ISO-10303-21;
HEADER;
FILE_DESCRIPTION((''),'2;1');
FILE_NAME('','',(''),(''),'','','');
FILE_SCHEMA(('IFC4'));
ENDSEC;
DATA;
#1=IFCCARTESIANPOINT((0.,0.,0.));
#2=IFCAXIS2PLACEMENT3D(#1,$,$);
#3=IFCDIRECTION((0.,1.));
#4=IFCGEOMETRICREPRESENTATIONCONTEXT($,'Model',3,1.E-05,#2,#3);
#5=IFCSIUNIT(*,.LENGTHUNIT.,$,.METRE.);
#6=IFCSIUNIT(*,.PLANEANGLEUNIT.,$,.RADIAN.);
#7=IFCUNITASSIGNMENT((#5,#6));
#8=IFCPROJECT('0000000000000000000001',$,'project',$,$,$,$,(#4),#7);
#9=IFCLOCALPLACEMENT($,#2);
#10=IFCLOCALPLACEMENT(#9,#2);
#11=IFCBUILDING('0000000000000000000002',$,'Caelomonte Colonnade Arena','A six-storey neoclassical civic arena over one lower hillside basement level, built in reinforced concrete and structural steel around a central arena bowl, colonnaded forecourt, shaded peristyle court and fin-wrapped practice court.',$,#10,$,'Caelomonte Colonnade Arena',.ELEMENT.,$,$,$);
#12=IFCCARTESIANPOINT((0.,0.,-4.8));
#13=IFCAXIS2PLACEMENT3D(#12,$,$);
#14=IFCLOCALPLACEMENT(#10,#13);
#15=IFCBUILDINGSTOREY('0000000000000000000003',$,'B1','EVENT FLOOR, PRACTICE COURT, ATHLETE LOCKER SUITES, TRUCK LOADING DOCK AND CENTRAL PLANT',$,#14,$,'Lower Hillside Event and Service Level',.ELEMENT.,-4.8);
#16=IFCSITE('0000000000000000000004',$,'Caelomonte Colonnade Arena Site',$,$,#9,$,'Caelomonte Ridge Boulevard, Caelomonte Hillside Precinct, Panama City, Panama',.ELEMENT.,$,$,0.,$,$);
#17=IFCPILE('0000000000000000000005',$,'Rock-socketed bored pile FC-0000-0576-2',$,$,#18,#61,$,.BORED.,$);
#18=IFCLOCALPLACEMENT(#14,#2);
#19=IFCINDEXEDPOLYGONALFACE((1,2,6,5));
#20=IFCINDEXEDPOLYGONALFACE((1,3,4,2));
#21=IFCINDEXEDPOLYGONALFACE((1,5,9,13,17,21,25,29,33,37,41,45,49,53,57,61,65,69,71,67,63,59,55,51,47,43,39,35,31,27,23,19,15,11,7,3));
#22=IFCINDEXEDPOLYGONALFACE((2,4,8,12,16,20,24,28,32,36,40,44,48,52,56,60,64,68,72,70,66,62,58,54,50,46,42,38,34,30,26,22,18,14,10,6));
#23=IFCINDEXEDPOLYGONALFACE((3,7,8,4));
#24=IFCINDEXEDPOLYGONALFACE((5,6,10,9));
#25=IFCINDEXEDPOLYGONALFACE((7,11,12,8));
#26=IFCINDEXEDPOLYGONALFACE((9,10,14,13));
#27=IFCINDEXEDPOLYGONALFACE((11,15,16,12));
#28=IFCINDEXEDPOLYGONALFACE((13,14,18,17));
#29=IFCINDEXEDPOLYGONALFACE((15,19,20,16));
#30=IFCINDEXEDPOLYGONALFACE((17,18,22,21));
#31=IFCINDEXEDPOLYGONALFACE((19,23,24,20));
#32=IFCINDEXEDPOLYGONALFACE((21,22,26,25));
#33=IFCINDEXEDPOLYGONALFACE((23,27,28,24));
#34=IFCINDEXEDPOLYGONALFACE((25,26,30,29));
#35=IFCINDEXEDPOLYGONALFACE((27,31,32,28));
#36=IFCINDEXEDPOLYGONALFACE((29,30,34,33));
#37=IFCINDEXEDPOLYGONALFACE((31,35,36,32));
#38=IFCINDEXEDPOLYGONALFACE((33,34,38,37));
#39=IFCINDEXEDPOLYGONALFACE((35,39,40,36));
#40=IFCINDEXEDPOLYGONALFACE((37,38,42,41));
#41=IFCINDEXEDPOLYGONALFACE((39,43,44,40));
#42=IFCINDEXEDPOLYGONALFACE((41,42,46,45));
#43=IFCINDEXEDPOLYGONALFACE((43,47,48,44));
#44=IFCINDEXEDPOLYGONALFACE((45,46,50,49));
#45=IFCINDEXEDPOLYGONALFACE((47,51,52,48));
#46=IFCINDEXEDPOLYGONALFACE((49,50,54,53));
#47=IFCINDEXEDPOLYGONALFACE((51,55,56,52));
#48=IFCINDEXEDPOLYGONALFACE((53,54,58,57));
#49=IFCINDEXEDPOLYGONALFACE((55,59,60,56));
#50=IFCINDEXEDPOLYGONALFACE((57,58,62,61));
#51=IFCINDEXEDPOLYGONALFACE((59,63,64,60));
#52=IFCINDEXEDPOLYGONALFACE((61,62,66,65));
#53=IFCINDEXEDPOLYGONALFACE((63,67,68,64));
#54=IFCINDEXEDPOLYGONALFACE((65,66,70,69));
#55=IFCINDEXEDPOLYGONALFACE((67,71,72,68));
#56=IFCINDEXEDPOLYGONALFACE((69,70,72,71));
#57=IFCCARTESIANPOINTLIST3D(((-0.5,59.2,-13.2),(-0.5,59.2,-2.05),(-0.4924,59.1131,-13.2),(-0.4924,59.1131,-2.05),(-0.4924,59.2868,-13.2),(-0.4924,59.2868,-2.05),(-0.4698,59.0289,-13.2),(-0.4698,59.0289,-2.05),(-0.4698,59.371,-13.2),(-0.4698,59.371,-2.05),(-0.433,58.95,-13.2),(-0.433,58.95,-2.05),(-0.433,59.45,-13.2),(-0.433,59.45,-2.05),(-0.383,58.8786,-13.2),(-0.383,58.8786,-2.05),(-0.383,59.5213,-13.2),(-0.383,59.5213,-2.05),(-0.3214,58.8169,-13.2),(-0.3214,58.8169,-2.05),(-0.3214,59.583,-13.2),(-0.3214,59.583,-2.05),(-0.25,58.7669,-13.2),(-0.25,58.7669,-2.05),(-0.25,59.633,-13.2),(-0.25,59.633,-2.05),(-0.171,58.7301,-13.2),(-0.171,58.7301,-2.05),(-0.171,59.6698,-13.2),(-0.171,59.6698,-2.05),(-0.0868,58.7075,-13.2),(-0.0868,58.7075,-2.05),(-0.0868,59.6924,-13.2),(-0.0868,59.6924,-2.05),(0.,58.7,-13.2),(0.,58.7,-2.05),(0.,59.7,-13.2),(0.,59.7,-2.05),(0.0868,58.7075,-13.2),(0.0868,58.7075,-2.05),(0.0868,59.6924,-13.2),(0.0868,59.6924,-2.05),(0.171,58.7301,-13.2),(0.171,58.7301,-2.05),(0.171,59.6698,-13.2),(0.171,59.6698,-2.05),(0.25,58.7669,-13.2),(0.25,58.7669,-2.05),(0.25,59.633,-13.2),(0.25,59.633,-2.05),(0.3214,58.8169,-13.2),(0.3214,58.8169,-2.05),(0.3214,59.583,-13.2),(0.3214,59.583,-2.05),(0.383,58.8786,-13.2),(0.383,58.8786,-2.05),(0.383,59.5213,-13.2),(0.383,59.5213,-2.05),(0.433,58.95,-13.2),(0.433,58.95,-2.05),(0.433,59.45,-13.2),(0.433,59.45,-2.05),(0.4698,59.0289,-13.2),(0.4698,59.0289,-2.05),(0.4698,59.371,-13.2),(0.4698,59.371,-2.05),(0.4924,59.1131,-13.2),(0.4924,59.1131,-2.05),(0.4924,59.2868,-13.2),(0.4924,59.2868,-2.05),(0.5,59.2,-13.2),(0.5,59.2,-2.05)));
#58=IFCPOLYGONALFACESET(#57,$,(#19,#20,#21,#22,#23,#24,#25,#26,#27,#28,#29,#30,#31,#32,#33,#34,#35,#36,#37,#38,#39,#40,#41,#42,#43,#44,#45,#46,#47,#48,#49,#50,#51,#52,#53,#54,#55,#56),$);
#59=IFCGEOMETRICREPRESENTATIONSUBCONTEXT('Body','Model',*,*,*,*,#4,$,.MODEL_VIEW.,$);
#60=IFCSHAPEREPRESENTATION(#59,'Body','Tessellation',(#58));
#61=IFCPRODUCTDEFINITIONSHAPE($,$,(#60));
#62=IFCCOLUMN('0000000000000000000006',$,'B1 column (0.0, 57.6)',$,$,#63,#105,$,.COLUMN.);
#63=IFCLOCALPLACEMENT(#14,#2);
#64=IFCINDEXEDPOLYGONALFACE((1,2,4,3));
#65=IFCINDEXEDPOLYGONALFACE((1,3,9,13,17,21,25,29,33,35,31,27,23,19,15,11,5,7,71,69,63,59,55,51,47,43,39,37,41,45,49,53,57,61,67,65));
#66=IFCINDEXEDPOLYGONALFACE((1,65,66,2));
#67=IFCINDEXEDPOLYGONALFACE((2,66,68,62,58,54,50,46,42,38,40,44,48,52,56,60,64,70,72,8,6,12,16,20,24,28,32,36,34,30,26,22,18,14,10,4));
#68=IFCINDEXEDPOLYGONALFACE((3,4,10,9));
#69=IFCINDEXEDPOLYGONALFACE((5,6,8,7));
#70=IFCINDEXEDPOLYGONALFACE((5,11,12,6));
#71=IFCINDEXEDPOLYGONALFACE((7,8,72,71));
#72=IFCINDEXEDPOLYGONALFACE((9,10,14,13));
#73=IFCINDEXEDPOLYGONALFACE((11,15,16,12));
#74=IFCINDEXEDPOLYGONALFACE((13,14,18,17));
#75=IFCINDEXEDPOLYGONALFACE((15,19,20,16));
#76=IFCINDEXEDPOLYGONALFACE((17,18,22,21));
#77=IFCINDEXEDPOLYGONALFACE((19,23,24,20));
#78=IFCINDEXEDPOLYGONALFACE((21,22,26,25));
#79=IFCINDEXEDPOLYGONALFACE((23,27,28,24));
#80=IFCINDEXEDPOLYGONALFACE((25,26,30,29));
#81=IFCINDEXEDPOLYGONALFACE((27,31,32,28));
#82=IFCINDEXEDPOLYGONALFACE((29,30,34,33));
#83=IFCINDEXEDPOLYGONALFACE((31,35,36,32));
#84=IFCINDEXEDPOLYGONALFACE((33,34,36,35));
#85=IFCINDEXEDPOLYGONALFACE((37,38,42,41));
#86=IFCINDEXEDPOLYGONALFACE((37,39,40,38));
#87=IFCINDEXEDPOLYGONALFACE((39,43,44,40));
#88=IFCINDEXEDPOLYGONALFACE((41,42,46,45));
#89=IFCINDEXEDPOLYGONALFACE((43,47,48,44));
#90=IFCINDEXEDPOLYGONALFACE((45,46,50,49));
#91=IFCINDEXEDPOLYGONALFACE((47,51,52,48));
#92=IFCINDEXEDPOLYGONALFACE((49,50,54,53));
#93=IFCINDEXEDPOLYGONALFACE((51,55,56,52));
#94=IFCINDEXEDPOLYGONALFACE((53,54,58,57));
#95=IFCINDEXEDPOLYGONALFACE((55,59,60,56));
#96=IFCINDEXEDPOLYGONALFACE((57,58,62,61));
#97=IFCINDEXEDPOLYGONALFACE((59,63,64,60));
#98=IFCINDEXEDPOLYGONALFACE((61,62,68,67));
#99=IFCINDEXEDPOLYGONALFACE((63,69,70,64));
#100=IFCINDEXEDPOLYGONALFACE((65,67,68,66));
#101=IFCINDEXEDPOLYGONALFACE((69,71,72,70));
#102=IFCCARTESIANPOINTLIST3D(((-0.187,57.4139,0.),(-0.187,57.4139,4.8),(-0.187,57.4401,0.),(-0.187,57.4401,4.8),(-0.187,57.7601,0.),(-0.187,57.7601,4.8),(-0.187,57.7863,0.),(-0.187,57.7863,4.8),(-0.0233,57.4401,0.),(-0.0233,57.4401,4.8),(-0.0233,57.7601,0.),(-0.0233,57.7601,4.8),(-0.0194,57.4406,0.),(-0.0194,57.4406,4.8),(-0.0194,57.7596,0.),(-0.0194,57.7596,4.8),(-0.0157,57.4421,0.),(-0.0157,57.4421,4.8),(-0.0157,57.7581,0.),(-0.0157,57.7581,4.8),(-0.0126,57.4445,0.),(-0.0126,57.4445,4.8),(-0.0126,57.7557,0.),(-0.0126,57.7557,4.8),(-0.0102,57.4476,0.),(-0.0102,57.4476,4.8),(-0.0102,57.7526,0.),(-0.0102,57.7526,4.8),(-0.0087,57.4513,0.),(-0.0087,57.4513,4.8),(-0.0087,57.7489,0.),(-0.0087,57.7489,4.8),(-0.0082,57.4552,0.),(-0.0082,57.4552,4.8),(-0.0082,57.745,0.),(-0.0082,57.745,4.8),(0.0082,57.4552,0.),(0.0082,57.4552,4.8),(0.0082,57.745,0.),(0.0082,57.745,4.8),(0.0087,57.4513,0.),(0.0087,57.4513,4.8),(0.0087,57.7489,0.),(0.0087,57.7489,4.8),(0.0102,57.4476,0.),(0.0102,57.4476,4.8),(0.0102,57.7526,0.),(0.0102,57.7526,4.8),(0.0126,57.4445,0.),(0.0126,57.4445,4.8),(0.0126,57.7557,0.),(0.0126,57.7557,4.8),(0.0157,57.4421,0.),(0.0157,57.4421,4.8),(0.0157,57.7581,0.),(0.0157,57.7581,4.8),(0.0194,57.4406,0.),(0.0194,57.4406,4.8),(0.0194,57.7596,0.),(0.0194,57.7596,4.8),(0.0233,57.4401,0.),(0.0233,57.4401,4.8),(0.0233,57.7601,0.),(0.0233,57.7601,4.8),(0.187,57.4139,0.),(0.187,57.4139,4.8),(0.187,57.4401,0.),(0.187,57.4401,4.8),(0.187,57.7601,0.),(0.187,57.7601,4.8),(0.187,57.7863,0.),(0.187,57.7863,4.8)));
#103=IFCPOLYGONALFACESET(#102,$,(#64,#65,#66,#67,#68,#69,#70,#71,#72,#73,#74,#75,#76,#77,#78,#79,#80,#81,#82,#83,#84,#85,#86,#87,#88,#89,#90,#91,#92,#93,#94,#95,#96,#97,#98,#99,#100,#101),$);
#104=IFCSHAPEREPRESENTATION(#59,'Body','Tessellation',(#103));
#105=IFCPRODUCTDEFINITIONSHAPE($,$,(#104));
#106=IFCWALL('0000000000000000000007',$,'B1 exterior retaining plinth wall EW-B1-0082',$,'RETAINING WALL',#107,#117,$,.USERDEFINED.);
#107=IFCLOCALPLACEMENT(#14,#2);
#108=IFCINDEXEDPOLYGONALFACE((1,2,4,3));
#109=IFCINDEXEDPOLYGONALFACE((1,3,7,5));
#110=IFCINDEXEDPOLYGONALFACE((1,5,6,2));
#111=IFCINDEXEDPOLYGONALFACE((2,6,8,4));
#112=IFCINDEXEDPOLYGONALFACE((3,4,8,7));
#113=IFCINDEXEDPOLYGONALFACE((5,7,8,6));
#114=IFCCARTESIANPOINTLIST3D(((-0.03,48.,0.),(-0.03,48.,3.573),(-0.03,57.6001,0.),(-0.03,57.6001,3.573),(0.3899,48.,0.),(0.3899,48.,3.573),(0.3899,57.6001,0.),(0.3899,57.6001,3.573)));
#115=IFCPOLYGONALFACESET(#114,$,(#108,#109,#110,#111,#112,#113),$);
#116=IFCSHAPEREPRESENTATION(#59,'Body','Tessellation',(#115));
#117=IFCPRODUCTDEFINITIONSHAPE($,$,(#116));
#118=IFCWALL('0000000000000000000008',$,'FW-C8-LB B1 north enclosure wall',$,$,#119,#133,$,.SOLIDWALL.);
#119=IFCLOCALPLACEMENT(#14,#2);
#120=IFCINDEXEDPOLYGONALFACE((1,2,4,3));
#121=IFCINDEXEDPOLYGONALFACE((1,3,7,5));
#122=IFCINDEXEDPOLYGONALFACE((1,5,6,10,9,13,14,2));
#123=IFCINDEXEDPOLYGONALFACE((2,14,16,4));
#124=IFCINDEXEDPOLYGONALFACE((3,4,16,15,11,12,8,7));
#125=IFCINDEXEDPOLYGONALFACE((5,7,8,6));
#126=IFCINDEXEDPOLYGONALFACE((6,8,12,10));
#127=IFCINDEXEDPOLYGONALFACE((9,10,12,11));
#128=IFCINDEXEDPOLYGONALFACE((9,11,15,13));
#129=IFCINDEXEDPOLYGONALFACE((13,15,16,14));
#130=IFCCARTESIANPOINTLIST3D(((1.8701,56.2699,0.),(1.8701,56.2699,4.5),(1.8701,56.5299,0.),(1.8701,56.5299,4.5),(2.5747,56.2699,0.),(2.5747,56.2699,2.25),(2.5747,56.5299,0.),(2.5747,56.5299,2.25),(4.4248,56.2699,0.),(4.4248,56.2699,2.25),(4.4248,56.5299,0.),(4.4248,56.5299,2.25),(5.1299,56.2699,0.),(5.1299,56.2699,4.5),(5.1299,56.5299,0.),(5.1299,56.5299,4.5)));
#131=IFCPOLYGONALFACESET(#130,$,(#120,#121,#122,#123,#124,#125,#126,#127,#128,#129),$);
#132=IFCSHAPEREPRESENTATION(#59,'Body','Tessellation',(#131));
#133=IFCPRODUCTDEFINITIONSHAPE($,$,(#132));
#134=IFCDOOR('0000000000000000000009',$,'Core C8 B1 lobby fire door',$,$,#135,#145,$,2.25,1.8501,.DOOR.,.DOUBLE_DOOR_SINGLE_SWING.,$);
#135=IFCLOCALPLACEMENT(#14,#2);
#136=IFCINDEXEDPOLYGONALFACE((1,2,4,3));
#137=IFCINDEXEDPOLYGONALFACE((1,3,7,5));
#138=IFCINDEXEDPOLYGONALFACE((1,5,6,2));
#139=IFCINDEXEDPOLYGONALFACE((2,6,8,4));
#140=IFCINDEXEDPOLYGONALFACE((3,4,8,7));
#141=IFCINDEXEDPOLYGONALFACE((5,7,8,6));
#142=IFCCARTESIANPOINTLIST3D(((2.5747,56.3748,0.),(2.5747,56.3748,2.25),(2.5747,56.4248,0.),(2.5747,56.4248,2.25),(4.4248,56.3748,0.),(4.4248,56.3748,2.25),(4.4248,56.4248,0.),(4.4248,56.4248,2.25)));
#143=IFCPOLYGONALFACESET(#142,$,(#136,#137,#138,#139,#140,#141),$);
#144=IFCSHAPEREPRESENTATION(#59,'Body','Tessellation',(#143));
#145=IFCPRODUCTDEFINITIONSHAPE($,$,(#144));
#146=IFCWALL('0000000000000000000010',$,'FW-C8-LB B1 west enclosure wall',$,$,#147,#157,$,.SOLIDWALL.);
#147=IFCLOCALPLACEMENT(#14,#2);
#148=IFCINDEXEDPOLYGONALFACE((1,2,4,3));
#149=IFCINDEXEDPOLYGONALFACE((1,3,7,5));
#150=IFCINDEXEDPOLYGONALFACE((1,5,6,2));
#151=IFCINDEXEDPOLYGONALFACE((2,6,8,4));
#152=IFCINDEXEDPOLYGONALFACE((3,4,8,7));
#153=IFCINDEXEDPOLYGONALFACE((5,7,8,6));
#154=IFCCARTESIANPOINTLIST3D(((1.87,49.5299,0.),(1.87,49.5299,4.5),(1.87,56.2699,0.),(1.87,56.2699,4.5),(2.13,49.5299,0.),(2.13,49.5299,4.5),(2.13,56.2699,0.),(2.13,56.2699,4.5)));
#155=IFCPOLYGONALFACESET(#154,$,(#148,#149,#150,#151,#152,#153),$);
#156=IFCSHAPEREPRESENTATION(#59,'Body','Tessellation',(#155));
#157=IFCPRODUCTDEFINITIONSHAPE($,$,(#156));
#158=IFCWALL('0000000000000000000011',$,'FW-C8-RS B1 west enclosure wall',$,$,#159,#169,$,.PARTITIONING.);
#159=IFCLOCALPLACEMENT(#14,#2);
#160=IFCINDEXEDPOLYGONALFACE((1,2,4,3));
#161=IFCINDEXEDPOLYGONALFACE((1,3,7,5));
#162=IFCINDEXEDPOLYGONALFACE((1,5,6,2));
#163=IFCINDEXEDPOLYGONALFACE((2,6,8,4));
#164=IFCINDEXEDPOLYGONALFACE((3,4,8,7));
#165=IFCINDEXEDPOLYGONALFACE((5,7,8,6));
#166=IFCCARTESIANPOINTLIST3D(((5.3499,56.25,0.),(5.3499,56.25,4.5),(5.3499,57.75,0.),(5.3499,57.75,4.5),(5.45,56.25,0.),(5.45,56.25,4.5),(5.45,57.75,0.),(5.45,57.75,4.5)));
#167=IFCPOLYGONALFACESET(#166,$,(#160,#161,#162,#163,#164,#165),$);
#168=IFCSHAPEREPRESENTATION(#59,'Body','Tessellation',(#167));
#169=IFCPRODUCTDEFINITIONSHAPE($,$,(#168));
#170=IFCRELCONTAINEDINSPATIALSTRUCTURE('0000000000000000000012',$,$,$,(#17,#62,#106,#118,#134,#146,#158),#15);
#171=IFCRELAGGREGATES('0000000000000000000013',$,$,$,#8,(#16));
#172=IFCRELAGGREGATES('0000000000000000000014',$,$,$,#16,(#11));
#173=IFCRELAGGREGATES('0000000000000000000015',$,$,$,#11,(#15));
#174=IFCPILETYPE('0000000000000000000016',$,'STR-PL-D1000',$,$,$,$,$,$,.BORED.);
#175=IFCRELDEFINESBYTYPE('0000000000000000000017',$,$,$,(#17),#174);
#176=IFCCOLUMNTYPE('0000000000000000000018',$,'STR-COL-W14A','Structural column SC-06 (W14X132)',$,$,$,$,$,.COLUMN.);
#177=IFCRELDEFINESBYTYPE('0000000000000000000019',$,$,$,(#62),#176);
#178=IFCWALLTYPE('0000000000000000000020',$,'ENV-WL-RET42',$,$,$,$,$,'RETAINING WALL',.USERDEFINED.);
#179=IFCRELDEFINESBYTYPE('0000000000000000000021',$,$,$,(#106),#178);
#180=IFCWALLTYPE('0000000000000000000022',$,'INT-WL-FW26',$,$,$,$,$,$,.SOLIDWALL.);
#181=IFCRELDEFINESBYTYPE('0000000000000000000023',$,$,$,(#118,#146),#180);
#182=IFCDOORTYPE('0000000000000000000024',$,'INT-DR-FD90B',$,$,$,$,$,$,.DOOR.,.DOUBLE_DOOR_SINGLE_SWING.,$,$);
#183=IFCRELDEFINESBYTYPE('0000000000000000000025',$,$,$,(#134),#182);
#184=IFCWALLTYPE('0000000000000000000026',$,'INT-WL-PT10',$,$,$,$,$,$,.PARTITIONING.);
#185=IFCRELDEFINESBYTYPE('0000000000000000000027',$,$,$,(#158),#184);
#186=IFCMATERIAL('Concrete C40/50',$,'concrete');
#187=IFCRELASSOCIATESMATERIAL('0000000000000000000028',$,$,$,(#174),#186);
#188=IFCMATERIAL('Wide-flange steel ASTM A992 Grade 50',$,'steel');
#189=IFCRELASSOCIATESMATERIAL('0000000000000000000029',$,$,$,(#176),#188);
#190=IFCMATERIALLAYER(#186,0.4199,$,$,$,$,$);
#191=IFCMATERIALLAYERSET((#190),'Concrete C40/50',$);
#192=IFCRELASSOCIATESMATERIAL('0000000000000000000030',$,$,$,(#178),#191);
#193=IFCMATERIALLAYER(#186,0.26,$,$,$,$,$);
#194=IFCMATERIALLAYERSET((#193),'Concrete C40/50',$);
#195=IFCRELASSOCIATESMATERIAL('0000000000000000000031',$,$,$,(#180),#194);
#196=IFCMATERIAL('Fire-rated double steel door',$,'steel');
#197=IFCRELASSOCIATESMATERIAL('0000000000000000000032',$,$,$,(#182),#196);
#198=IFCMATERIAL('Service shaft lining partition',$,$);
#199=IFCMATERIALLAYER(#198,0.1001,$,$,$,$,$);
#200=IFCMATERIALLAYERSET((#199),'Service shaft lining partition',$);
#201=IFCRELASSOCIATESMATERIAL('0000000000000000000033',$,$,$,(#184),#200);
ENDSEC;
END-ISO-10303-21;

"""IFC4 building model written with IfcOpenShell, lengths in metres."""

from ifc_helpers import new_model, si_unit, direction, frame, frame_2d, origin, origin_2d, place, context, subcontext, project, spatial, rectangle, circle, i_section, extrude, material, layer, layer_set, material_profile, profile_set, type_object, element, fill, save


model = new_model("IFC4")

# Units and contexts
model_context = context("Model", 3, precision=1e-05, world=origin(), true_north=direction((0.0, 1.0)))
body_context = subcontext(model_context, "Body", "Model", "MODEL_VIEW")
ifc_project = project(units=[si_unit("LENGTHUNIT", "METRE"), si_unit("PLANEANGLEUNIT", "RADIAN")], contexts=[model_context])

# Site, building, storey
site_placement = place(None, origin())
site = spatial("IfcSite", under=ifc_project, at=site_placement, Name="Caelomonte Colonnade Arena Site", LongName="Caelomonte Ridge Boulevard, Caelomonte Hillside Precinct, Panama City, Panama", CompositionType="ELEMENT", RefElevation=0.0)
building_placement = place(site_placement, origin())
building = spatial("IfcBuilding", under=site, at=building_placement, Name="Caelomonte Colonnade Arena", Description="A six-storey neoclassical civic arena over one lower hillside basement level, built in reinforced concrete and structural steel around a central arena bowl, colonnaded forecourt, shaded peristyle court and fin-wrapped practice court.", LongName="Caelomonte Colonnade Arena", CompositionType="ELEMENT")
storey_placement = place(building_placement, frame((0.0, 0.0, -4.8)))
storey = spatial("IfcBuildingStorey", under=building, at=storey_placement, Name="B1", Description="EVENT FLOOR, PRACTICE COURT, ATHLETE LOCKER SUITES, TRUCK LOADING DOCK AND CENTRAL PLANT", LongName="Lower Hillside Event and Service Level", CompositionType="ELEMENT", Elevation=-4.8)

# Shared definitions
ifc_material_1 = material(Name="Concrete C40/50", Category="concrete")

# Pile
ifc_material_profile_1 = material_profile(ifc_material_1, circle(Radius=0.5, at=origin_2d()), Name="PILE-D1000")
ifc_profile_set_1 = profile_set([ifc_material_profile_1], Name="Concrete C40/50")
pile_type = type_object("IfcPileType", Name="STR-PL-D1000", PredefinedType="BORED", material=ifc_profile_set_1)
pile_placement = place(storey_placement, frame((0.0, 59.2, -2.05), z_axis=(0.0, 0.0, -1.0), x_axis=(1.0, 0.0, 0.0)))
element("IfcPile", 1, at=pile_placement, inside=storey, type_object=pile_type, Name="Rock-socketed bored pile FC-0000-0576-2", PredefinedType="BORED", context=body_context, shape_type="SweptSolid", body=[
    extrude(circle(Radius=0.5, at=origin_2d()), origin(), (0.0, 0.0, 1.0), 11.1499),
])

# Column
ifc_material_2 = material(Name="Wide-flange steel ASTM A992 Grade 50", Category="steel")
ifc_material_profile_2 = material_profile(ifc_material_2, i_section(OverallWidth=0.374, OverallDepth=0.3723, WebThickness=0.0164, FlangeThickness=0.0261, FilletRadius=0.0151, at=origin_2d()), Name="W14X132")
ifc_profile_set_2 = profile_set([ifc_material_profile_2], Name="Wide-flange steel ASTM A992 Grade 50")
column_type = type_object("IfcColumnType", Name="STR-COL-W14A", Description="Structural column SC-06 (W14X132)", PredefinedType="COLUMN", material=ifc_profile_set_2)
column_placement = place(storey_placement, frame((0.0, 57.6001, 0.0), z_axis=(0.0, 0.0, 1.0), x_axis=(1.0, 0.0, 0.0)))
element("IfcColumn", 2, at=column_placement, inside=storey, type_object=column_type, Name="B1 column (0.0, 57.6)", PredefinedType="COLUMN", context=body_context, shape_type="SweptSolid", body=[
    extrude(i_section(OverallWidth=0.374, OverallDepth=0.3723, WebThickness=0.0164, FlangeThickness=0.0261, FilletRadius=0.0151, at=origin_2d()), origin(), (0.0, 0.0, 1.0), 4.8),
])

# Wall
ifc_layer_1 = layer(ifc_material_1, 0.4199)
ifc_layer_set_1 = layer_set([ifc_layer_1], Name="Concrete C40/50")
wall_type_1 = type_object("IfcWallType", Name="ENV-WL-RET42", ElementType="RETAINING WALL", PredefinedType="USERDEFINED", material=ifc_layer_set_1)
wall_1_placement = place(storey_placement, frame((0.1799, 57.6001, 0.0), z_axis=(0.0, 0.0, 1.0), x_axis=(0.0, -1.0, 0.0)))
element("IfcWall", 3, at=wall_1_placement, inside=storey, type_object=wall_type_1, Name="B1 exterior retaining plinth wall EW-B1-0082", ObjectType="RETAINING WALL", PredefinedType="USERDEFINED", context=body_context, shape_type="SweptSolid", body=[
    extrude(rectangle(XDim=9.6001, YDim=0.4199, at=frame_2d((4.8, 0.0))), origin(), (0.0, 0.0, 1.0), 3.573),
])

# Wall, opening, door
ifc_layer_2 = layer(ifc_material_1, 0.26)
ifc_layer_set_2 = layer_set([ifc_layer_2], Name="Concrete C40/50")
wall_type_2 = type_object("IfcWallType", Name="INT-WL-FW26", PredefinedType="SOLIDWALL", material=ifc_layer_set_2)
wall_2_placement = place(storey_placement, frame((5.1299, 56.3999, 0.0), z_axis=(0.0, 0.0, 1.0), x_axis=(-1.0, 0.0, 0.0)))
wall_2 = element("IfcWall", 4, at=wall_2_placement, inside=storey, type_object=wall_type_2, Name="FW-C8-LB B1 north enclosure wall", PredefinedType="SOLIDWALL", context=body_context, shape_type="SweptSolid", body=[
    extrude(rectangle(XDim=3.2598, YDim=0.26, at=frame_2d((1.6299, 0.0))), origin(), (0.0, 0.0, 1.0), 4.5),
])
opening_1_placement = place(wall_2_placement, frame((2.5552, 0.0, 0.0), z_axis=(0.0, 0.0, 1.0), x_axis=(-1.0, 0.0, 0.0)))
opening_1 = element("IfcOpeningElement", 5, at=opening_1_placement, cuts=wall_2, PredefinedType="OPENING", context=body_context, shape_type="SweptSolid", body=[
    extrude(rectangle(XDim=1.8501, YDim=2.25, at=frame_2d((0.925, 1.125))), frame((0.0, 0.1399, 0.0), z_axis=(0.0, -1.0, 0.0), x_axis=(1.0, 0.0, 0.0)), (0.0, 0.0, 1.0), 0.28),
])
ifc_material_3 = material(Name="Fire-rated double steel door", Category="steel")
door_type_1 = type_object("IfcDoorType", Name="INT-DR-FD90B", OperationType="DOUBLE_DOOR_SINGLE_SWING", PredefinedType="DOOR", material=ifc_material_3)
door_1_placement = place(opening_1_placement, origin())
door_1 = element("IfcDoor", 6, at=door_1_placement, inside=storey, type_object=door_type_1, Name="Core C8 B1 lobby fire door", OperationType="DOUBLE_DOOR_SINGLE_SWING", OverallHeight=2.25, OverallWidth=1.8501, PredefinedType="DOOR", context=body_context, shape_type="SweptSolid", body=[
    extrude(rectangle(XDim=1.8501, YDim=2.25, at=frame_2d((0.925, 1.125))), frame((0.0, 0.0249, 0.0), z_axis=(0.0, -1.0, 0.0), x_axis=(1.0, 0.0, 0.0)), (0.0, 0.0, 1.0), 0.05),
])
fill(opening_1, door_1)

# Walls
wall_3_placement = place(storey_placement, frame((2.0, 56.27, 0.0), z_axis=(0.0, 0.0, 1.0), x_axis=(0.0, -1.0, 0.0)))
element("IfcWall", 7, at=wall_3_placement, inside=storey, type_object=wall_type_2, Name="FW-C8-LB B1 west enclosure wall", PredefinedType="SOLIDWALL", context=body_context, shape_type="SweptSolid", body=[
    extrude(rectangle(XDim=6.74, YDim=0.26, at=frame_2d((3.3701, 0.0))), origin(), (0.0, 0.0, 1.0), 4.5),
])
ifc_material_4 = material(Name="Service shaft lining partition")
ifc_layer_3 = layer(ifc_material_4, 0.1001)
ifc_layer_set_3 = layer_set([ifc_layer_3], Name="Service shaft lining partition")
wall_type_3 = type_object("IfcWallType", Name="INT-WL-PT10", PredefinedType="PARTITIONING", material=ifc_layer_set_3)
wall_4_placement = place(storey_placement, frame((5.3999, 57.75, 0.0), z_axis=(0.0, 0.0, 1.0), x_axis=(0.0, -1.0, 0.0)))
element("IfcWall", 8, at=wall_4_placement, inside=storey, type_object=wall_type_3, Name="FW-C8-RS B1 west enclosure wall", PredefinedType="PARTITIONING", context=body_context, shape_type="SweptSolid", body=[
    extrude(rectangle(XDim=1.5, YDim=0.1001, at=frame_2d((0.75, 0.0))), origin(), (0.0, 0.0, 1.0), 4.5),
])

save(model, "model.ifc")
